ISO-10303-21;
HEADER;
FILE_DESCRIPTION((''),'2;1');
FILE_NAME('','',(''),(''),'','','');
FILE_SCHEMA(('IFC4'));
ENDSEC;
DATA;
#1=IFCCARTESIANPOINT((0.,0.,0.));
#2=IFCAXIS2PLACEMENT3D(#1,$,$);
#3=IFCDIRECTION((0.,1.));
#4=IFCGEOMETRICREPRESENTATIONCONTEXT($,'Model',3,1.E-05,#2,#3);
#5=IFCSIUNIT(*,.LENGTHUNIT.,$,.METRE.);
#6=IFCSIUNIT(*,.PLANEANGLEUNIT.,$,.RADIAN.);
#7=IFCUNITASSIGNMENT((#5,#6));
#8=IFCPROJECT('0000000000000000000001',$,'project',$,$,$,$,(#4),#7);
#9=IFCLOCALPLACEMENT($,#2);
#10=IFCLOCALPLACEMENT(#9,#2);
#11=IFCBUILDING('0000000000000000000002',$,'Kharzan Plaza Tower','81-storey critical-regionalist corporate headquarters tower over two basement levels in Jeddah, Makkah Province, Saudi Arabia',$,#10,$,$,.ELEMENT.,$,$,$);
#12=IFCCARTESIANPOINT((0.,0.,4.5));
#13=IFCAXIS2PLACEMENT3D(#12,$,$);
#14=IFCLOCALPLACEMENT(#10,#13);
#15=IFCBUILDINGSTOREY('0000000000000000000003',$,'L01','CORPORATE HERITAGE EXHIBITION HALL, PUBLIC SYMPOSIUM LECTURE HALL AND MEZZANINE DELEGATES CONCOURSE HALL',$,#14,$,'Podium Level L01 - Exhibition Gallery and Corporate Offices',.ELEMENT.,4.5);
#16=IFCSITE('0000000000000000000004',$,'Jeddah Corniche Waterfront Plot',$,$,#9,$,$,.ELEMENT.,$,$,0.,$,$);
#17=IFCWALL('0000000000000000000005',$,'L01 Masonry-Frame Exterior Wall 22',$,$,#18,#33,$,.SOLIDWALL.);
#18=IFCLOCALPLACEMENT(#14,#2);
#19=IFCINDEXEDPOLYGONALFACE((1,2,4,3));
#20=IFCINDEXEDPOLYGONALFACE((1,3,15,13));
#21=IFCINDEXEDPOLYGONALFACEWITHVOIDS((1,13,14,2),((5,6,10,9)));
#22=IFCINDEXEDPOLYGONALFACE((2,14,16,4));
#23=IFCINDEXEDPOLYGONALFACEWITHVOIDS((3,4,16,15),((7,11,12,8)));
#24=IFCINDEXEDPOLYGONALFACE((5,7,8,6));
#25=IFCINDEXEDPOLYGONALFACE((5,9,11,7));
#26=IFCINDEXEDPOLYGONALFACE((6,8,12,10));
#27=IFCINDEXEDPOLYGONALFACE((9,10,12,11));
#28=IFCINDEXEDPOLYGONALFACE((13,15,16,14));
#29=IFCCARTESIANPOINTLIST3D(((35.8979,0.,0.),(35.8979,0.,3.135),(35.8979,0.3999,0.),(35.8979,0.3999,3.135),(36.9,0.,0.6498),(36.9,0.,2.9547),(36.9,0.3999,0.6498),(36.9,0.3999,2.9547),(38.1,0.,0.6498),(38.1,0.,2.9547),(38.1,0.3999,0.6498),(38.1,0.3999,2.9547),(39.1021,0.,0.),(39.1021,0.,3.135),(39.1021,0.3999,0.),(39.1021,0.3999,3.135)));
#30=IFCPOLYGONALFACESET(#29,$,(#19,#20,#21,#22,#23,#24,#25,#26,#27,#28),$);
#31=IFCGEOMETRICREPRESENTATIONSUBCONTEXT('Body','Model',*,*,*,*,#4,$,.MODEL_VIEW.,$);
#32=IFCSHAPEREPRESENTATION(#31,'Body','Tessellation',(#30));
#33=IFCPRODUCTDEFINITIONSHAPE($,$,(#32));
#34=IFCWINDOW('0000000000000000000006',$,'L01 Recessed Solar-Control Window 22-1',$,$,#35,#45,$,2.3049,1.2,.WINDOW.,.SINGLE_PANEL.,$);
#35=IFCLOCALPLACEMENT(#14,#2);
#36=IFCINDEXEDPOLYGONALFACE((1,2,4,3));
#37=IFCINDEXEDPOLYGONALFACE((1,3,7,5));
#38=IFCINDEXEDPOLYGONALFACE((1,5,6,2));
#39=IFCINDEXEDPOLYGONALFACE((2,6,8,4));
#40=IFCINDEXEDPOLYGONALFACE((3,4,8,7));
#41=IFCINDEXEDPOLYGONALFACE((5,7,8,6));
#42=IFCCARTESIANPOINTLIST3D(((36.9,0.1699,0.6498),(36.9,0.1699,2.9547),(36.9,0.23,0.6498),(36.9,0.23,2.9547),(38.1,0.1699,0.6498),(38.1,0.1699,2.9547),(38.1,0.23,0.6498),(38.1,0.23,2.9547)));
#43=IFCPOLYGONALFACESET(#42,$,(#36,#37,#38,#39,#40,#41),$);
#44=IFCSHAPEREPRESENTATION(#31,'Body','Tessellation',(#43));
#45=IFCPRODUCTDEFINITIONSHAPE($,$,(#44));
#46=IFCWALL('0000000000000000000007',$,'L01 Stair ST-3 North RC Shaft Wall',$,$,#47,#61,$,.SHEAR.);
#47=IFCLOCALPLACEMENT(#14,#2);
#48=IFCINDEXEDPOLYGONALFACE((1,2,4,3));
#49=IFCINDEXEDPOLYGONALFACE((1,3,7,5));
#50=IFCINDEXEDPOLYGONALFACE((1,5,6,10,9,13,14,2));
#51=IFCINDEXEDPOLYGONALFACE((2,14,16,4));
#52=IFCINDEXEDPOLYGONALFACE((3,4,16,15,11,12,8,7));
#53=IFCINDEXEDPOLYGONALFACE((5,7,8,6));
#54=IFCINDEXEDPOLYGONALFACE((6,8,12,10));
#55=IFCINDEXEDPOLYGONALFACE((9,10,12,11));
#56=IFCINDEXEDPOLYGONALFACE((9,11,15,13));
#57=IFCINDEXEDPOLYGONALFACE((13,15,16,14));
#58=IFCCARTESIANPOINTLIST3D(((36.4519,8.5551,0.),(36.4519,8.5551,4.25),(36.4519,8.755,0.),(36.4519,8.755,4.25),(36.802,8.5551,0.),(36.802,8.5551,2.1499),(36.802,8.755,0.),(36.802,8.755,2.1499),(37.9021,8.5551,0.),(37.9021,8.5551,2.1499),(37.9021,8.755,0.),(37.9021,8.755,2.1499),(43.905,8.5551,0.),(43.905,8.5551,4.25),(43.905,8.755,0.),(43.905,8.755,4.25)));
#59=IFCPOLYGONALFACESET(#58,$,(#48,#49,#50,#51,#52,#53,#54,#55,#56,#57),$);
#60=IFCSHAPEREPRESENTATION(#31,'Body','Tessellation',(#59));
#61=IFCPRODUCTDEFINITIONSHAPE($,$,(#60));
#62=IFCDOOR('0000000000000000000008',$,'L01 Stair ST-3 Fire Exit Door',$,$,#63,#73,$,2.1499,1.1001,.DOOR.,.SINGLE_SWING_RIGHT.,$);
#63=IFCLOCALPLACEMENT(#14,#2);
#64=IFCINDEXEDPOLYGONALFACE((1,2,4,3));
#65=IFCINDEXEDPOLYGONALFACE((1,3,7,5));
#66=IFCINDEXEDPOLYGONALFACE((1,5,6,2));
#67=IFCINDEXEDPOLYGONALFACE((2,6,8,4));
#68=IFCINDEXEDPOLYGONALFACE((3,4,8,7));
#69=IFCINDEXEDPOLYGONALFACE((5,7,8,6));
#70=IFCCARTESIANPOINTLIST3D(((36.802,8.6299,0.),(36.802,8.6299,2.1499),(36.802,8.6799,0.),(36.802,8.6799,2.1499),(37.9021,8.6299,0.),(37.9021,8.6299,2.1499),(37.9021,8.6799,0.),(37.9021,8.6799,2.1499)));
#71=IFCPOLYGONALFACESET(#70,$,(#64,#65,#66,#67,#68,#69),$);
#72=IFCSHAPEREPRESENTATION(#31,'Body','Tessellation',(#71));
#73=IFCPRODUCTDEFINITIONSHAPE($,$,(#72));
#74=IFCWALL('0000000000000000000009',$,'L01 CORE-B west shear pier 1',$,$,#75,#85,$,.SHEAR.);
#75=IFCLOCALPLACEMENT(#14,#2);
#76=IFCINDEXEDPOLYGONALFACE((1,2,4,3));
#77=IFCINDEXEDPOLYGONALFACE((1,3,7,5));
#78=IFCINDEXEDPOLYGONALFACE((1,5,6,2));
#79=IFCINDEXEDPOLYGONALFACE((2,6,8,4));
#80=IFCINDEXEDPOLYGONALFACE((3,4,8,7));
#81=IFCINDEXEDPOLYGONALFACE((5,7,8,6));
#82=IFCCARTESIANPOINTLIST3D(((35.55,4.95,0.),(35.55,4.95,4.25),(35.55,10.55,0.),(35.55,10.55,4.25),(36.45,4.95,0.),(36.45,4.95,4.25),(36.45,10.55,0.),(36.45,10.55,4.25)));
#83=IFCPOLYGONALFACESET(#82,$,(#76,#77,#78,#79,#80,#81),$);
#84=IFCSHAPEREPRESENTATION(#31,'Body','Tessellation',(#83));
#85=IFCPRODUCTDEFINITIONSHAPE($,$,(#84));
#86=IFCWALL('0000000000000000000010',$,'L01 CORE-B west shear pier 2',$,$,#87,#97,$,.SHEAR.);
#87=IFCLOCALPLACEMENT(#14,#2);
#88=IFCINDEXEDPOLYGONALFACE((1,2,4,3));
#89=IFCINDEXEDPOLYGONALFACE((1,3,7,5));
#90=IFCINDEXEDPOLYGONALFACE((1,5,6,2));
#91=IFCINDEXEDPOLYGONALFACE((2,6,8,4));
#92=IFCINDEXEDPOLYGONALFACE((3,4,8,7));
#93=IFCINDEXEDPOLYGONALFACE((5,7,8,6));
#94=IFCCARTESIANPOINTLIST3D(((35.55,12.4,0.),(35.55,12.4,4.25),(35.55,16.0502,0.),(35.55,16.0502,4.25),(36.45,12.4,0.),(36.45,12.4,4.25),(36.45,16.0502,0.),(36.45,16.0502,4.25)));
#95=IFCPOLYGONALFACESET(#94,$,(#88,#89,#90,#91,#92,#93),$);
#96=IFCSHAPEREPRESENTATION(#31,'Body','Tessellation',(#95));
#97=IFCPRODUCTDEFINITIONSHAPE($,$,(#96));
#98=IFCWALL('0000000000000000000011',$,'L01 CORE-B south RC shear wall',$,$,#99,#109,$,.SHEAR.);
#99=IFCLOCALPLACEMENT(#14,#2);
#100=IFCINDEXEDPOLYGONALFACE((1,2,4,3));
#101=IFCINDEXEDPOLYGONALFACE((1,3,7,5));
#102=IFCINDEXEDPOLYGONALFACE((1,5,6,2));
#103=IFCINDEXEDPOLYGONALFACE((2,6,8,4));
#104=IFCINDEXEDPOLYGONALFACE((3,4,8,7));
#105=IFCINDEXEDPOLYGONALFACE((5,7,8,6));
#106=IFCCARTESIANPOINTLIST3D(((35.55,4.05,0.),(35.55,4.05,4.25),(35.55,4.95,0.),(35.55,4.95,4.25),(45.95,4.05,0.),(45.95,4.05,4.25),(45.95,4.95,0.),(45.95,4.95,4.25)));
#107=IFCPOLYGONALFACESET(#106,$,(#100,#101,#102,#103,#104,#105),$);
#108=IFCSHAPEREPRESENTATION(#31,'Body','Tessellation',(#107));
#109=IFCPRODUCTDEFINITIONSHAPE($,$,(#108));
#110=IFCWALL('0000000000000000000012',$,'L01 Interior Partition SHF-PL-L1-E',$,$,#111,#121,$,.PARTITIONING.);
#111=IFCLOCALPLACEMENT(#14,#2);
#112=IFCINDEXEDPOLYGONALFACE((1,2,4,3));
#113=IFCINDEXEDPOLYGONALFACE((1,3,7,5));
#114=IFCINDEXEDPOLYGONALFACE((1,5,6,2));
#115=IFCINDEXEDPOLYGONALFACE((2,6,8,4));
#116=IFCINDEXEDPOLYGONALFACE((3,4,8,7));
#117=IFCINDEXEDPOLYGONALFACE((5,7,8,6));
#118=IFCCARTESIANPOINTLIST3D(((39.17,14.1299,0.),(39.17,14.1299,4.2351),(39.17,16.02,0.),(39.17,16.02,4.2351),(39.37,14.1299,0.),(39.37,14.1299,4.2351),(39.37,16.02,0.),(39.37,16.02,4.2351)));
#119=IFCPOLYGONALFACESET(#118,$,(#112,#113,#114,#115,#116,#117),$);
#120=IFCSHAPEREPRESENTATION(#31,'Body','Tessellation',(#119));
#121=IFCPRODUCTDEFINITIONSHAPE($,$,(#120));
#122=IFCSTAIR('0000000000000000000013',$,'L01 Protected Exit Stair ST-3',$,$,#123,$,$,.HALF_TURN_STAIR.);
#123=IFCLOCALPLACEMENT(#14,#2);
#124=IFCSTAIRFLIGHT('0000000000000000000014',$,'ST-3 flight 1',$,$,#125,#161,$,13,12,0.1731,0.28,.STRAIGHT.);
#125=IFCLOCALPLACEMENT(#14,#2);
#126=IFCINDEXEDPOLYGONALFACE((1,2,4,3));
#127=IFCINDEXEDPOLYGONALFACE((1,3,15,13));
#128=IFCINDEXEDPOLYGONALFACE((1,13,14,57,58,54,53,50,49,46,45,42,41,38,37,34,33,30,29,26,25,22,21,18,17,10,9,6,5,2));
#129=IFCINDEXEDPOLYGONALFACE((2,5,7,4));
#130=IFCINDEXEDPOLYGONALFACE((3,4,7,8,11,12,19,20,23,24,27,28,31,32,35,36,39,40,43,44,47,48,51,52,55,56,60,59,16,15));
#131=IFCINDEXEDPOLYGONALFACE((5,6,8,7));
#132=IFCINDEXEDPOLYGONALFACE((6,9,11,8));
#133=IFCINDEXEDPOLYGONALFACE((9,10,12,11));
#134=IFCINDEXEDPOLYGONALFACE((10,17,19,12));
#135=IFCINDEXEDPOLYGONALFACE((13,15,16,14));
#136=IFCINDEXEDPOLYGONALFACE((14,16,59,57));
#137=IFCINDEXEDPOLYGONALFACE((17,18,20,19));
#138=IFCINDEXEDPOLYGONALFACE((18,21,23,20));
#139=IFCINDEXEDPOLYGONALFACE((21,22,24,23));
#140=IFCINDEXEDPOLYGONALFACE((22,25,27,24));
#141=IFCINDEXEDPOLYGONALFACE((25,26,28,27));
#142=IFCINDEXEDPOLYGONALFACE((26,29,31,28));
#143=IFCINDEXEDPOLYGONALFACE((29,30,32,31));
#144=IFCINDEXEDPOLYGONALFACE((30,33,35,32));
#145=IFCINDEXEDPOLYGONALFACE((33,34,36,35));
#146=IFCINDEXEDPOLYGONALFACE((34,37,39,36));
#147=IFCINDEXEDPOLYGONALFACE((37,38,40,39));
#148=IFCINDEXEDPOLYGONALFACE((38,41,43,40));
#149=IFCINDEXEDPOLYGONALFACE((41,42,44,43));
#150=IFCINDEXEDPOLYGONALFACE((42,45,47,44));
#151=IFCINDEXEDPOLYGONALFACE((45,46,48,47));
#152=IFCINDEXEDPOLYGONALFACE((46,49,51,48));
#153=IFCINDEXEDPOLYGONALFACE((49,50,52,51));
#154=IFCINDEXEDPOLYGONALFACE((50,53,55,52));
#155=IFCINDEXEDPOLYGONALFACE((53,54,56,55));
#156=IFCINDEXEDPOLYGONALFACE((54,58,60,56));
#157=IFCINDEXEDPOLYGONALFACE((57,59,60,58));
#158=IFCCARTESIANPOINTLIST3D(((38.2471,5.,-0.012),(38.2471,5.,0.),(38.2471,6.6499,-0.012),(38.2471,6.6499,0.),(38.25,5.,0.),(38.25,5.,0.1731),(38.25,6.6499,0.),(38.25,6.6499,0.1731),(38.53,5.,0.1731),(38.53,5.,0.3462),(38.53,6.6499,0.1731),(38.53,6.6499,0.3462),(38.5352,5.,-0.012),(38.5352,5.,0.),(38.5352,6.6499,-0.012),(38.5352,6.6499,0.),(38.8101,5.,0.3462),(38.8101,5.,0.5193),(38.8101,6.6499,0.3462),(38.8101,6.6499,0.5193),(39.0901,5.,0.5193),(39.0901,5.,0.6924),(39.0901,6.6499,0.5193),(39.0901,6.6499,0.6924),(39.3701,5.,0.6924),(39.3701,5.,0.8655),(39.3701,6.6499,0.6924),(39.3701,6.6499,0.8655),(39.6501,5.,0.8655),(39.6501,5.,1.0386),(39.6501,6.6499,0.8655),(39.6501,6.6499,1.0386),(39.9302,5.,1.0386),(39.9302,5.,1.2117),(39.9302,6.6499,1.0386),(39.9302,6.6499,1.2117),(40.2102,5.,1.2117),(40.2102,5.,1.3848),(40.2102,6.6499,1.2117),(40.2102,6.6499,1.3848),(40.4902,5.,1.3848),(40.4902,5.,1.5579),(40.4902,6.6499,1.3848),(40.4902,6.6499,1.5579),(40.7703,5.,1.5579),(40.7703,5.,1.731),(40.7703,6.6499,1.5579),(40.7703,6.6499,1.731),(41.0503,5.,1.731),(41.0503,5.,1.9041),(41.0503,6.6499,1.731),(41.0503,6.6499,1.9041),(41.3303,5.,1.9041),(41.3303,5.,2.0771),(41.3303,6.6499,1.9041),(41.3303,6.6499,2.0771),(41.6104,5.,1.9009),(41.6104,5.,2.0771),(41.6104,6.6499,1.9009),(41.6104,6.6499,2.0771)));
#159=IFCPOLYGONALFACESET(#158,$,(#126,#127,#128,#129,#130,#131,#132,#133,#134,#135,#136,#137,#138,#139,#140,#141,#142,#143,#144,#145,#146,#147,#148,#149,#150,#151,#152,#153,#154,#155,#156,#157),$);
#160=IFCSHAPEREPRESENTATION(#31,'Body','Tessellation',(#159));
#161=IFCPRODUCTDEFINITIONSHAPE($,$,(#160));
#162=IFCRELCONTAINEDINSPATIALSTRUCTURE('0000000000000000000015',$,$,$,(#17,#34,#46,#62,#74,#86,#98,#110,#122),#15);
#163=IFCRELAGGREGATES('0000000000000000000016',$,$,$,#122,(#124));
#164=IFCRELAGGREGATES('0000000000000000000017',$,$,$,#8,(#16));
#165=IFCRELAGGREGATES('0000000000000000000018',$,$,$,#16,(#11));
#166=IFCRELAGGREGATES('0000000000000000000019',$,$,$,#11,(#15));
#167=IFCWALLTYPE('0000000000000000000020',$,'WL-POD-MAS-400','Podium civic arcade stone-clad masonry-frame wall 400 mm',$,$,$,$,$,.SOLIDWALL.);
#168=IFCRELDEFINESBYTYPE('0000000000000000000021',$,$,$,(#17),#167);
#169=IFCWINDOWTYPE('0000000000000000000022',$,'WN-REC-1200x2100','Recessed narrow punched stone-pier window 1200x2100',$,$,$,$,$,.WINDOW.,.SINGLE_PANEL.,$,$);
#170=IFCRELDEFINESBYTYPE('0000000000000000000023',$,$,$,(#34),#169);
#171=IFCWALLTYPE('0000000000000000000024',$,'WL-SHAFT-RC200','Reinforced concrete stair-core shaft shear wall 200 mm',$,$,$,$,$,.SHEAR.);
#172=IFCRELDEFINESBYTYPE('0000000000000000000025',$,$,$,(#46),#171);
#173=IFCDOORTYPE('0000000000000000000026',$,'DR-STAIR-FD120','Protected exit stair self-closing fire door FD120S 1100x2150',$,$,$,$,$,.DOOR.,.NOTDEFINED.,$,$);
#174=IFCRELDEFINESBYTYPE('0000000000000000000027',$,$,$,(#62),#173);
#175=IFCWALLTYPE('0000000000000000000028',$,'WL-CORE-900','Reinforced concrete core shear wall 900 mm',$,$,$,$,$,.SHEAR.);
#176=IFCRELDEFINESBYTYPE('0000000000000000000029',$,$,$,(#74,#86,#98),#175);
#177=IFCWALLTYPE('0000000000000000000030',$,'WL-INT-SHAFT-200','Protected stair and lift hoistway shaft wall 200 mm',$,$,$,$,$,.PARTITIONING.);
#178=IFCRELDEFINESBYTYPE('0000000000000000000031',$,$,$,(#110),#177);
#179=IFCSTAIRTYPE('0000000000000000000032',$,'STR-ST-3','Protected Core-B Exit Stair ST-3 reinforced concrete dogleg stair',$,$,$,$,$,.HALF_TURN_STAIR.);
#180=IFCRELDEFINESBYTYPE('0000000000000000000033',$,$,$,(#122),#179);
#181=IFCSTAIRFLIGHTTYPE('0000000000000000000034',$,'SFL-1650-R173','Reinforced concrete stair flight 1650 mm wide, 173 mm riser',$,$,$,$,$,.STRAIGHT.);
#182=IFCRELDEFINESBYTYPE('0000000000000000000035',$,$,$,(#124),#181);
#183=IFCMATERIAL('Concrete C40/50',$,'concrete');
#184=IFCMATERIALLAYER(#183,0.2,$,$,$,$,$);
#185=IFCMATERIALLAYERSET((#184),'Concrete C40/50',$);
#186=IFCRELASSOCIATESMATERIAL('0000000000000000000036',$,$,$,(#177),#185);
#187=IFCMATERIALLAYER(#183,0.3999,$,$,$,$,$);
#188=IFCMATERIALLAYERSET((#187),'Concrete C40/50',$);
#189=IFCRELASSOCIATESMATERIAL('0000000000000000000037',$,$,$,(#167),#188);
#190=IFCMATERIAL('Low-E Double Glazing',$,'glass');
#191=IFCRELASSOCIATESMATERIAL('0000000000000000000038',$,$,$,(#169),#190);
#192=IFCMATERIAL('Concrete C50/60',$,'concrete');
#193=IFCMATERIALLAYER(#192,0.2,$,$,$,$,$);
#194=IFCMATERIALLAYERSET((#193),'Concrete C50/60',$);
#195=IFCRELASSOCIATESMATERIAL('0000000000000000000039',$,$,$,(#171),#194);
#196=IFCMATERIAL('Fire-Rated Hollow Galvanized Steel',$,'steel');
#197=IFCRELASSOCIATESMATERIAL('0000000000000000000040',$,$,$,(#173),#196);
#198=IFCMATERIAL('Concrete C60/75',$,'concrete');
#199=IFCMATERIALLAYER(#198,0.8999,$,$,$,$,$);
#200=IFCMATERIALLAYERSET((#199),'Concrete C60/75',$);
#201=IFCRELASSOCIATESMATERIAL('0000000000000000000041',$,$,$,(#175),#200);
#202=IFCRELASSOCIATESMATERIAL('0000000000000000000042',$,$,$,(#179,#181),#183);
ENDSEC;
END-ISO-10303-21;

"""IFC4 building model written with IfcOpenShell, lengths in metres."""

from ifc_helpers import new_model, si_unit, direction, frame, frame_2d, origin, place, context, subcontext, project, spatial, polyline, rectangle, outline, extrude, source, transform, mapped, material, layer, layer_set, type_object, element, fill, aggregate, save


model = new_model("IFC4")

# Units and contexts
model_context = context("Model", 3, precision=1e-05, world=origin(), true_north=direction((0.0, 1.0)))
body_context = subcontext(model_context, "Body", "Model", "MODEL_VIEW")
ifc_project = project(units=[si_unit("LENGTHUNIT", "METRE"), si_unit("PLANEANGLEUNIT", "RADIAN")], contexts=[model_context])

# Site, building, storey
site_placement = place(None, origin())
site = spatial("IfcSite", under=ifc_project, at=site_placement, Name="Jeddah Corniche Waterfront Plot", CompositionType="ELEMENT", RefElevation=0.0)
building_placement = place(site_placement, origin())
building = spatial("IfcBuilding", under=site, at=building_placement, Name="Kharzan Plaza Tower", Description="81-storey critical-regionalist corporate headquarters tower over two basement levels in Jeddah, Makkah Province, Saudi Arabia", CompositionType="ELEMENT")
storey_placement = place(building_placement, frame((0.0, 0.0, 4.5)))
storey = spatial("IfcBuildingStorey", under=building, at=storey_placement, Name="L01", Description="CORPORATE HERITAGE EXHIBITION HALL, PUBLIC SYMPOSIUM LECTURE HALL AND MEZZANINE DELEGATES CONCOURSE HALL", LongName="Podium Level L01 - Exhibition Gallery and Corporate Offices", CompositionType="ELEMENT", Elevation=4.5)

# Shared definitions
ifc_material_1 = material(Name="Concrete C60/75", Category="concrete")

# Shared definitions
ifc_material_2 = material(Name="Concrete C40/50", Category="concrete")
ifc_layer_1 = layer(ifc_material_2, 0.2)
ifc_layer_set_1 = layer_set([ifc_layer_1], Name="Concrete C40/50")
wall_type_1 = type_object("IfcWallType", Name="WL-INT-SHAFT-200", Description="Protected stair and lift hoistway shaft wall 200 mm", PredefinedType="PARTITIONING", material=ifc_layer_set_1)

# Wall, opening, window
ifc_layer_2 = layer(ifc_material_2, 0.3999)
ifc_layer_set_2 = layer_set([ifc_layer_2], Name="Concrete C40/50")
wall_type_2 = type_object("IfcWallType", Name="WL-POD-MAS-400", Description="Podium civic arcade stone-clad masonry-frame wall 400 mm", PredefinedType="SOLIDWALL", material=ifc_layer_set_2)
wall_1_placement = place(storey_placement, frame((35.8979, 0.2, 0.0), z_axis=(0.0, 0.0, 1.0), x_axis=(1.0, 0.0, 0.0)))
wall_1 = element("IfcWall", 1, at=wall_1_placement, inside=storey, type_object=wall_type_2, Name="L01 Masonry-Frame Exterior Wall 22", PredefinedType="SOLIDWALL", context=body_context, shape_type="SweptSolid", body=[
    extrude(rectangle(XDim=3.2041, YDim=0.3999, at=frame_2d((1.6021, 0.0))), origin(), (0.0, 0.0, 1.0), 3.135),
])
opening_1_placement = place(wall_1_placement, frame((1.002, 0.0, 0.6499)))
opening_1 = element("IfcOpeningElement", 2, at=opening_1_placement, cuts=wall_1, PredefinedType="OPENING", context=body_context, shape_type="SweptSolid", body=[
    extrude(rectangle(XDim=1.2, YDim=2.3049, at=frame_2d((0.6001, 1.1523))), frame((0.0, 0.21, 0.0), z_axis=(0.0, -1.0, 0.0), x_axis=(1.0, 0.0, 0.0)), (0.0, 0.0, 1.0), 0.4199),
])
ifc_material_3 = material(Name="Low-E Double Glazing", Category="glass")
window_type = type_object("IfcWindowType", Name="WN-REC-1200x2100", Description="Recessed narrow punched stone-pier window 1200x2100", PartitioningType="SINGLE_PANEL", PredefinedType="WINDOW", material=ifc_material_3)
shared_shape_1 = source(origin(), body_context, "Body", "SweptSolid", [
    extrude(rectangle(XDim=1.2, YDim=2.3049, at=frame_2d((0.6001, 1.1523))), frame((0.0, 0.03, 0.0), z_axis=(0.0, -1.0, 0.0), x_axis=(1.0, 0.0, 0.0)), (0.0, 0.0, 1.0), 0.0601),
])
window_placement = place(opening_1_placement, origin())
window = element("IfcWindow", 3, at=window_placement, inside=storey, type_object=window_type, Name="L01 Recessed Solar-Control Window 22-1", OverallHeight=2.3049, OverallWidth=1.2, PartitioningType="SINGLE_PANEL", PredefinedType="WINDOW", context=body_context, shape_type="MappedRepresentation", body=[
    mapped(shared_shape_1, transform((0.0, 0.0, 0.0), x_axis=(1.0, 0.0, 0.0), y_axis=(0.0, 1.0, 0.0), z_axis=(0.0, 0.0, 1.0))),
])
fill(opening_1, window)

# Wall, opening, door
ifc_material_4 = material(Name="Concrete C50/60", Category="concrete")
ifc_layer_3 = layer(ifc_material_4, 0.2)
ifc_layer_set_3 = layer_set([ifc_layer_3], Name="Concrete C50/60")
wall_type_3 = type_object("IfcWallType", Name="WL-SHAFT-RC200", Description="Reinforced concrete stair-core shaft shear wall 200 mm", PredefinedType="SHEAR", material=ifc_layer_set_3)
wall_2_placement = place(storey_placement, frame((36.4519, 8.655, 0.0), z_axis=(0.0, 0.0, 1.0), x_axis=(1.0, 0.0, 0.0)))
wall_2 = element("IfcWall", 4, at=wall_2_placement, inside=storey, type_object=wall_type_3, Name="L01 Stair ST-3 North RC Shaft Wall", PredefinedType="SHEAR", context=body_context, shape_type="SweptSolid", body=[
    extrude(rectangle(XDim=7.4531, YDim=0.2, at=frame_2d((3.7266, 0.0))), origin(), (0.0, 0.0, 1.0), 4.25),
])
opening_2_placement = place(wall_2_placement, frame((0.3501, 0.0, 0.0)))
opening_2 = element("IfcOpeningElement", 5, at=opening_2_placement, cuts=wall_2, PredefinedType="OPENING", context=body_context, shape_type="SweptSolid", body=[
    extrude(rectangle(XDim=1.1001, YDim=2.1499, at=frame_2d((0.55, 1.075))), frame((0.0, 0.1099, 0.0), z_axis=(0.0, -1.0, 0.0), x_axis=(1.0, 0.0, 0.0)), (0.0, 0.0, 1.0), 0.22),
])
ifc_material_5 = material(Name="Fire-Rated Hollow Galvanized Steel", Category="steel")
door_type_1 = type_object("IfcDoorType", Name="DR-STAIR-FD120", Description="Protected exit stair self-closing fire door FD120S 1100x2150", OperationType="NOTDEFINED", PredefinedType="DOOR", material=ifc_material_5)
shared_shape_2 = source(origin(), body_context, "Body", "SweptSolid", [
    extrude(rectangle(XDim=1.1001, YDim=2.1499, at=frame_2d((0.55, 1.075))), frame((0.0, 0.0249, 0.0), z_axis=(0.0, -1.0, 0.0), x_axis=(1.0, 0.0, 0.0)), (0.0, 0.0, 1.0), 0.05),
])
door_1_placement = place(opening_2_placement, origin())
door_1 = element("IfcDoor", 6, at=door_1_placement, inside=storey, type_object=door_type_1, Name="L01 Stair ST-3 Fire Exit Door", OperationType="SINGLE_SWING_RIGHT", OverallHeight=2.1499, OverallWidth=1.1001, PredefinedType="DOOR", context=body_context, shape_type="MappedRepresentation", body=[
    mapped(shared_shape_2, transform((0.0, 0.0, 0.0), x_axis=(1.0, 0.0, 0.0), y_axis=(0.0, 1.0, 0.0), z_axis=(0.0, 0.0, 1.0))),
])
fill(opening_2, door_1)

# Walls
ifc_layer_4 = layer(ifc_material_1, 0.8999)
ifc_layer_set_4 = layer_set([ifc_layer_4], Name="Concrete C60/75")
wall_type_4 = type_object("IfcWallType", Name="WL-CORE-900", Description="Reinforced concrete core shear wall 900 mm", PredefinedType="SHEAR", material=ifc_layer_set_4)
shared_shape_3 = source(origin(), body_context, "Body", "SweptSolid", [
    extrude(rectangle(XDim=5.6001, YDim=0.8999, at=frame_2d((2.8, 0.0))), origin(), (0.0, 0.0, 1.0), 4.25),
])
wall_3_placement = place(storey_placement, frame((36.0, 4.95, 0.0), z_axis=(0.0, 0.0, 1.0), x_axis=(0.0, 1.0, 0.0)))
element("IfcWall", 7, at=wall_3_placement, inside=storey, type_object=wall_type_4, Name="L01 CORE-B west shear pier 1", PredefinedType="SHEAR", context=body_context, shape_type="MappedRepresentation", body=[
    mapped(shared_shape_3, transform((0.0, 0.0, 0.0), x_axis=(1.0, 0.0, 0.0), y_axis=(0.0, 1.0, 0.0), z_axis=(0.0, 0.0, 1.0))),
])
shared_shape_4 = source(origin(), body_context, "Body", "SweptSolid", [
    extrude(rectangle(XDim=3.6501, YDim=0.8999, at=frame_2d((1.8252, 0.0))), origin(), (0.0, 0.0, 1.0), 4.25),
])
wall_4_placement = place(storey_placement, frame((36.0, 12.3999, 0.0), z_axis=(0.0, 0.0, 1.0), x_axis=(0.0, 1.0, 0.0)))
element("IfcWall", 8, at=wall_4_placement, inside=storey, type_object=wall_type_4, Name="L01 CORE-B west shear pier 2", PredefinedType="SHEAR", context=body_context, shape_type="MappedRepresentation", body=[
    mapped(shared_shape_4, transform((0.0, 0.0, 0.0), x_axis=(1.0, 0.0, 0.0), y_axis=(0.0, 1.0, 0.0), z_axis=(0.0, 0.0, 1.0))),
])
shared_shape_5 = source(origin(), body_context, "Body", "SweptSolid", [
    extrude(rectangle(XDim=10.3999, YDim=0.8999, at=frame_2d((5.2, 0.0))), origin(), (0.0, 0.0, 1.0), 4.25),
])
wall_5_placement = place(storey_placement, frame((35.55, 4.5, 0.0), z_axis=(0.0, 0.0, 1.0), x_axis=(1.0, 0.0, 0.0)))
element("IfcWall", 9, at=wall_5_placement, inside=storey, type_object=wall_type_4, Name="L01 CORE-B south RC shear wall", PredefinedType="SHEAR", context=body_context, shape_type="MappedRepresentation", body=[
    mapped(shared_shape_5, transform((0.0, 0.0, 0.0), x_axis=(1.0, 0.0, 0.0), y_axis=(0.0, 1.0, 0.0), z_axis=(0.0, 0.0, 1.0))),
])
shared_shape_6 = source(origin(), body_context, "Body", "SweptSolid", [
    extrude(rectangle(XDim=1.8901, YDim=0.2, at=frame_2d((0.9451, 0.0))), origin(), (0.0, 0.0, 1.0), 4.2351),
])
wall_6_placement = place(storey_placement, frame((39.27, 14.1299, 0.0), z_axis=(0.0, 0.0, 1.0), x_axis=(0.0, 1.0, 0.0)))
element("IfcWall", 10, at=wall_6_placement, inside=storey, type_object=wall_type_1, Name="L01 Interior Partition SHF-PL-L1-E", PredefinedType="PARTITIONING", context=body_context, shape_type="MappedRepresentation", body=[
    mapped(shared_shape_6, transform((0.0, 0.0, 0.0), x_axis=(1.0, 0.0, 0.0), y_axis=(0.0, 1.0, 0.0), z_axis=(0.0, 0.0, 1.0))),
])

# Stair, stair flight
stair_type = type_object("IfcStairType", Name="STR-ST-3", Description="Protected Core-B Exit Stair ST-3 reinforced concrete dogleg stair", PredefinedType="HALF_TURN_STAIR", material=ifc_material_2)
stair_placement = place(storey_placement, origin())
stair = element("IfcStair", 11, at=stair_placement, inside=storey, type_object=stair_type, Name="L01 Protected Exit Stair ST-3", PredefinedType="HALF_TURN_STAIR")
stair_flight_type = type_object("IfcStairFlightType", Name="SFL-1650-R173", Description="Reinforced concrete stair flight 1650 mm wide, 173 mm riser", PredefinedType="STRAIGHT", material=ifc_material_2)
shared_shape_7 = source(origin(), body_context, "Body", "SweptSolid", [
    extrude(outline(polyline([(-0.0029, -0.012), (-0.0029, 0.0), (0.0, 0.0), (0.0, 0.1731), (0.28, 0.1731), (0.28, 0.3462), (0.5601, 0.3462), (0.5601, 0.5193), (0.8401, 0.5193), (0.8401, 0.6924), (1.1201, 0.6924), (1.1201, 0.8655), (1.4001, 0.8655), (1.4001, 1.0386), (1.6802, 1.0386), (1.6802, 1.2117), (1.9602, 1.2117), (1.9602, 1.3848), (2.2402, 1.3848), (2.2402, 1.5579), (2.5203, 1.5579), (2.5203, 1.731), (2.8003, 1.731), (2.8003, 1.9041), (3.0803, 1.9041), (3.0803, 2.0771), (3.3604, 2.0771), (3.3604, 2.2502), (3.3604, 1.9009), (0.2852, 0.0), (0.2852, -0.012), (-0.0029, -0.012)])), frame((0.0, 0.825, 0.0), z_axis=(0.0, -1.0, 0.0), x_axis=(1.0, 0.0, 0.0)), (0.0, 0.0, 1.0), 1.6499),
])
stair_flight_placement = place(storey_placement, frame((38.25, 5.825, 0.0), z_axis=(0.0, 0.0, 1.0), x_axis=(1.0, 0.0, 0.0)))
stair_flight = element("IfcStairFlight", 12, at=stair_flight_placement, type_object=stair_flight_type, Name="ST-3 flight 1", NumberOfRisers=13, NumberOfTreads=12, PredefinedType="STRAIGHT", RiserHeight=0.1731, TreadLength=0.28, context=body_context, shape_type="MappedRepresentation", body=[
    mapped(shared_shape_7, transform((0.0, 0.0, 0.0), x_axis=(1.0, 0.0, 0.0), y_axis=(0.0, 1.0, 0.0), z_axis=(0.0, 0.0, 1.0))),
])
aggregate(stair, [stair_flight])

save(model, "model.ifc")
